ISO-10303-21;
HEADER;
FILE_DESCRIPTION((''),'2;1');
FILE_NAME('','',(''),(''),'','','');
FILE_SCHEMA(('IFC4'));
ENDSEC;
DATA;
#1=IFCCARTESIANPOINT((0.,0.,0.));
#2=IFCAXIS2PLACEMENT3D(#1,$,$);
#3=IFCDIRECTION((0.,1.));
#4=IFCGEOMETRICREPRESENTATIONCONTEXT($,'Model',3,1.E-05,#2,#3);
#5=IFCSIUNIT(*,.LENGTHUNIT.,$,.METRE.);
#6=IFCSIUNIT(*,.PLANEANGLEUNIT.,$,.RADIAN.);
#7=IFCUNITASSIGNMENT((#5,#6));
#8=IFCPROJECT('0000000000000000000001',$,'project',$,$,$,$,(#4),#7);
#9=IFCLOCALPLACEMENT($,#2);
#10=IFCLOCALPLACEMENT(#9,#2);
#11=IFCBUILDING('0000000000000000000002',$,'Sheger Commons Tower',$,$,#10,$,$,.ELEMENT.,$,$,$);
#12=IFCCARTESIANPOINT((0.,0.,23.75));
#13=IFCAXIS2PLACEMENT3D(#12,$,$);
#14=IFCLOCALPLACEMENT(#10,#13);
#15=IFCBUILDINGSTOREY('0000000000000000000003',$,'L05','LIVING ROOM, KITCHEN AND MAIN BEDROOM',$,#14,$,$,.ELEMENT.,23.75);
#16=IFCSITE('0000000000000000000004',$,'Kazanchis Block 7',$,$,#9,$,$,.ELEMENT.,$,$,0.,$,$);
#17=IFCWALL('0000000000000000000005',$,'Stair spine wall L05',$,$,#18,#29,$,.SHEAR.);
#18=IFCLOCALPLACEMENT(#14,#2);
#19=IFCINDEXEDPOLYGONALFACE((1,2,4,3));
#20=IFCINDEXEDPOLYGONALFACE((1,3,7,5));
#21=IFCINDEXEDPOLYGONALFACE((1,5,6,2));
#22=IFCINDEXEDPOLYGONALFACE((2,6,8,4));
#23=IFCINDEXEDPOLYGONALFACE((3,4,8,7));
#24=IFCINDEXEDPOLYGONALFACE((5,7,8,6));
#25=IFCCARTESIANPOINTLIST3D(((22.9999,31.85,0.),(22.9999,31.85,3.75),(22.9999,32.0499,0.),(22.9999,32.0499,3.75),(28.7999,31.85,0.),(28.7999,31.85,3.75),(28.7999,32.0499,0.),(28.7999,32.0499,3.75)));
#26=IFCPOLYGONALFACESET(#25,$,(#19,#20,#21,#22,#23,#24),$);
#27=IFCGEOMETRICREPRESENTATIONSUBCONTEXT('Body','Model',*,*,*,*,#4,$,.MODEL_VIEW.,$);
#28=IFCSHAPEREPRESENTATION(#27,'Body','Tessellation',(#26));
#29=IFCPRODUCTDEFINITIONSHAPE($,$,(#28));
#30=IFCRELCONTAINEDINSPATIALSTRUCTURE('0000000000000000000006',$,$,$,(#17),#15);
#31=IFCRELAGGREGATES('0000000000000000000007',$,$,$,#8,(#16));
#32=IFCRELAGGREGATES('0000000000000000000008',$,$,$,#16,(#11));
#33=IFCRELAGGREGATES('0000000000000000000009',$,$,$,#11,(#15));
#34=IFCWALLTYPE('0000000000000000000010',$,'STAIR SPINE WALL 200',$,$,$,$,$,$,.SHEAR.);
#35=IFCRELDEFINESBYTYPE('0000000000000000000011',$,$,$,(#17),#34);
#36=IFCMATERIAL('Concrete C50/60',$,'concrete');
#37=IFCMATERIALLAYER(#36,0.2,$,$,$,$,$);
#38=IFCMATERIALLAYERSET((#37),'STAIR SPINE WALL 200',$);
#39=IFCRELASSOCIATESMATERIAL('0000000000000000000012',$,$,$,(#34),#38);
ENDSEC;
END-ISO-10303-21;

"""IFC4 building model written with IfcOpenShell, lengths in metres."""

from ifc_helpers import new_model, si_unit, direction, frame, frame_2d, origin, place, context, subcontext, project, spatial, rectangle, extrude, material, layer, layer_set, type_object, element, save


model = new_model("IFC4")

# Units and contexts
model_context = context("Model", 3, precision=1e-05, world=origin(), true_north=direction((0.0, 1.0)))
body_context = subcontext(model_context, "Body", "Model", "MODEL_VIEW")
ifc_project = project(units=[si_unit("LENGTHUNIT", "METRE"), si_unit("PLANEANGLEUNIT", "RADIAN")], contexts=[model_context])

# Site, building, storey
site_placement = place(None, origin())
site = spatial("IfcSite", under=ifc_project, at=site_placement, Name="Kazanchis Block 7", CompositionType="ELEMENT", RefElevation=0.0)
building_placement = place(site_placement, origin())
building = spatial("IfcBuilding", under=site, at=building_placement, Name="Sheger Commons Tower", CompositionType="ELEMENT")
storey_placement = place(building_placement, frame((0.0, 0.0, 23.75)))
storey = spatial("IfcBuildingStorey", under=building, at=storey_placement, Name="L05", Description="LIVING ROOM, KITCHEN AND MAIN BEDROOM", CompositionType="ELEMENT", Elevation=23.75)

# Wall
ifc_material_1 = material(Name="Concrete C50/60", Category="concrete")
ifc_layer_1 = layer(ifc_material_1, 0.2)
ifc_layer_set_1 = layer_set([ifc_layer_1], Name="STAIR SPINE WALL 200")
wall_type_1 = type_object("IfcWallType", Name="STAIR SPINE WALL 200", PredefinedType="SHEAR", material=ifc_layer_set_1)
wall_1_placement = place(storey_placement, frame((23.0, 31.95, 0.0), z_axis=(0.0, 0.0, 1.0), x_axis=(1.0, 0.0, 0.0)))
element("IfcWall", 1, at=wall_1_placement, inside=storey, type_object=wall_type_1, Name="Stair spine wall L05", PredefinedType="SHEAR", context=body_context, shape_type="SweptSolid", body=[
    extrude(rectangle(XDim=5.8, YDim=0.2, at=frame_2d((2.8999, 0.0))), origin(), (0.0, 0.0, 1.0), 3.75),
])

save(model, "model.ifc")
